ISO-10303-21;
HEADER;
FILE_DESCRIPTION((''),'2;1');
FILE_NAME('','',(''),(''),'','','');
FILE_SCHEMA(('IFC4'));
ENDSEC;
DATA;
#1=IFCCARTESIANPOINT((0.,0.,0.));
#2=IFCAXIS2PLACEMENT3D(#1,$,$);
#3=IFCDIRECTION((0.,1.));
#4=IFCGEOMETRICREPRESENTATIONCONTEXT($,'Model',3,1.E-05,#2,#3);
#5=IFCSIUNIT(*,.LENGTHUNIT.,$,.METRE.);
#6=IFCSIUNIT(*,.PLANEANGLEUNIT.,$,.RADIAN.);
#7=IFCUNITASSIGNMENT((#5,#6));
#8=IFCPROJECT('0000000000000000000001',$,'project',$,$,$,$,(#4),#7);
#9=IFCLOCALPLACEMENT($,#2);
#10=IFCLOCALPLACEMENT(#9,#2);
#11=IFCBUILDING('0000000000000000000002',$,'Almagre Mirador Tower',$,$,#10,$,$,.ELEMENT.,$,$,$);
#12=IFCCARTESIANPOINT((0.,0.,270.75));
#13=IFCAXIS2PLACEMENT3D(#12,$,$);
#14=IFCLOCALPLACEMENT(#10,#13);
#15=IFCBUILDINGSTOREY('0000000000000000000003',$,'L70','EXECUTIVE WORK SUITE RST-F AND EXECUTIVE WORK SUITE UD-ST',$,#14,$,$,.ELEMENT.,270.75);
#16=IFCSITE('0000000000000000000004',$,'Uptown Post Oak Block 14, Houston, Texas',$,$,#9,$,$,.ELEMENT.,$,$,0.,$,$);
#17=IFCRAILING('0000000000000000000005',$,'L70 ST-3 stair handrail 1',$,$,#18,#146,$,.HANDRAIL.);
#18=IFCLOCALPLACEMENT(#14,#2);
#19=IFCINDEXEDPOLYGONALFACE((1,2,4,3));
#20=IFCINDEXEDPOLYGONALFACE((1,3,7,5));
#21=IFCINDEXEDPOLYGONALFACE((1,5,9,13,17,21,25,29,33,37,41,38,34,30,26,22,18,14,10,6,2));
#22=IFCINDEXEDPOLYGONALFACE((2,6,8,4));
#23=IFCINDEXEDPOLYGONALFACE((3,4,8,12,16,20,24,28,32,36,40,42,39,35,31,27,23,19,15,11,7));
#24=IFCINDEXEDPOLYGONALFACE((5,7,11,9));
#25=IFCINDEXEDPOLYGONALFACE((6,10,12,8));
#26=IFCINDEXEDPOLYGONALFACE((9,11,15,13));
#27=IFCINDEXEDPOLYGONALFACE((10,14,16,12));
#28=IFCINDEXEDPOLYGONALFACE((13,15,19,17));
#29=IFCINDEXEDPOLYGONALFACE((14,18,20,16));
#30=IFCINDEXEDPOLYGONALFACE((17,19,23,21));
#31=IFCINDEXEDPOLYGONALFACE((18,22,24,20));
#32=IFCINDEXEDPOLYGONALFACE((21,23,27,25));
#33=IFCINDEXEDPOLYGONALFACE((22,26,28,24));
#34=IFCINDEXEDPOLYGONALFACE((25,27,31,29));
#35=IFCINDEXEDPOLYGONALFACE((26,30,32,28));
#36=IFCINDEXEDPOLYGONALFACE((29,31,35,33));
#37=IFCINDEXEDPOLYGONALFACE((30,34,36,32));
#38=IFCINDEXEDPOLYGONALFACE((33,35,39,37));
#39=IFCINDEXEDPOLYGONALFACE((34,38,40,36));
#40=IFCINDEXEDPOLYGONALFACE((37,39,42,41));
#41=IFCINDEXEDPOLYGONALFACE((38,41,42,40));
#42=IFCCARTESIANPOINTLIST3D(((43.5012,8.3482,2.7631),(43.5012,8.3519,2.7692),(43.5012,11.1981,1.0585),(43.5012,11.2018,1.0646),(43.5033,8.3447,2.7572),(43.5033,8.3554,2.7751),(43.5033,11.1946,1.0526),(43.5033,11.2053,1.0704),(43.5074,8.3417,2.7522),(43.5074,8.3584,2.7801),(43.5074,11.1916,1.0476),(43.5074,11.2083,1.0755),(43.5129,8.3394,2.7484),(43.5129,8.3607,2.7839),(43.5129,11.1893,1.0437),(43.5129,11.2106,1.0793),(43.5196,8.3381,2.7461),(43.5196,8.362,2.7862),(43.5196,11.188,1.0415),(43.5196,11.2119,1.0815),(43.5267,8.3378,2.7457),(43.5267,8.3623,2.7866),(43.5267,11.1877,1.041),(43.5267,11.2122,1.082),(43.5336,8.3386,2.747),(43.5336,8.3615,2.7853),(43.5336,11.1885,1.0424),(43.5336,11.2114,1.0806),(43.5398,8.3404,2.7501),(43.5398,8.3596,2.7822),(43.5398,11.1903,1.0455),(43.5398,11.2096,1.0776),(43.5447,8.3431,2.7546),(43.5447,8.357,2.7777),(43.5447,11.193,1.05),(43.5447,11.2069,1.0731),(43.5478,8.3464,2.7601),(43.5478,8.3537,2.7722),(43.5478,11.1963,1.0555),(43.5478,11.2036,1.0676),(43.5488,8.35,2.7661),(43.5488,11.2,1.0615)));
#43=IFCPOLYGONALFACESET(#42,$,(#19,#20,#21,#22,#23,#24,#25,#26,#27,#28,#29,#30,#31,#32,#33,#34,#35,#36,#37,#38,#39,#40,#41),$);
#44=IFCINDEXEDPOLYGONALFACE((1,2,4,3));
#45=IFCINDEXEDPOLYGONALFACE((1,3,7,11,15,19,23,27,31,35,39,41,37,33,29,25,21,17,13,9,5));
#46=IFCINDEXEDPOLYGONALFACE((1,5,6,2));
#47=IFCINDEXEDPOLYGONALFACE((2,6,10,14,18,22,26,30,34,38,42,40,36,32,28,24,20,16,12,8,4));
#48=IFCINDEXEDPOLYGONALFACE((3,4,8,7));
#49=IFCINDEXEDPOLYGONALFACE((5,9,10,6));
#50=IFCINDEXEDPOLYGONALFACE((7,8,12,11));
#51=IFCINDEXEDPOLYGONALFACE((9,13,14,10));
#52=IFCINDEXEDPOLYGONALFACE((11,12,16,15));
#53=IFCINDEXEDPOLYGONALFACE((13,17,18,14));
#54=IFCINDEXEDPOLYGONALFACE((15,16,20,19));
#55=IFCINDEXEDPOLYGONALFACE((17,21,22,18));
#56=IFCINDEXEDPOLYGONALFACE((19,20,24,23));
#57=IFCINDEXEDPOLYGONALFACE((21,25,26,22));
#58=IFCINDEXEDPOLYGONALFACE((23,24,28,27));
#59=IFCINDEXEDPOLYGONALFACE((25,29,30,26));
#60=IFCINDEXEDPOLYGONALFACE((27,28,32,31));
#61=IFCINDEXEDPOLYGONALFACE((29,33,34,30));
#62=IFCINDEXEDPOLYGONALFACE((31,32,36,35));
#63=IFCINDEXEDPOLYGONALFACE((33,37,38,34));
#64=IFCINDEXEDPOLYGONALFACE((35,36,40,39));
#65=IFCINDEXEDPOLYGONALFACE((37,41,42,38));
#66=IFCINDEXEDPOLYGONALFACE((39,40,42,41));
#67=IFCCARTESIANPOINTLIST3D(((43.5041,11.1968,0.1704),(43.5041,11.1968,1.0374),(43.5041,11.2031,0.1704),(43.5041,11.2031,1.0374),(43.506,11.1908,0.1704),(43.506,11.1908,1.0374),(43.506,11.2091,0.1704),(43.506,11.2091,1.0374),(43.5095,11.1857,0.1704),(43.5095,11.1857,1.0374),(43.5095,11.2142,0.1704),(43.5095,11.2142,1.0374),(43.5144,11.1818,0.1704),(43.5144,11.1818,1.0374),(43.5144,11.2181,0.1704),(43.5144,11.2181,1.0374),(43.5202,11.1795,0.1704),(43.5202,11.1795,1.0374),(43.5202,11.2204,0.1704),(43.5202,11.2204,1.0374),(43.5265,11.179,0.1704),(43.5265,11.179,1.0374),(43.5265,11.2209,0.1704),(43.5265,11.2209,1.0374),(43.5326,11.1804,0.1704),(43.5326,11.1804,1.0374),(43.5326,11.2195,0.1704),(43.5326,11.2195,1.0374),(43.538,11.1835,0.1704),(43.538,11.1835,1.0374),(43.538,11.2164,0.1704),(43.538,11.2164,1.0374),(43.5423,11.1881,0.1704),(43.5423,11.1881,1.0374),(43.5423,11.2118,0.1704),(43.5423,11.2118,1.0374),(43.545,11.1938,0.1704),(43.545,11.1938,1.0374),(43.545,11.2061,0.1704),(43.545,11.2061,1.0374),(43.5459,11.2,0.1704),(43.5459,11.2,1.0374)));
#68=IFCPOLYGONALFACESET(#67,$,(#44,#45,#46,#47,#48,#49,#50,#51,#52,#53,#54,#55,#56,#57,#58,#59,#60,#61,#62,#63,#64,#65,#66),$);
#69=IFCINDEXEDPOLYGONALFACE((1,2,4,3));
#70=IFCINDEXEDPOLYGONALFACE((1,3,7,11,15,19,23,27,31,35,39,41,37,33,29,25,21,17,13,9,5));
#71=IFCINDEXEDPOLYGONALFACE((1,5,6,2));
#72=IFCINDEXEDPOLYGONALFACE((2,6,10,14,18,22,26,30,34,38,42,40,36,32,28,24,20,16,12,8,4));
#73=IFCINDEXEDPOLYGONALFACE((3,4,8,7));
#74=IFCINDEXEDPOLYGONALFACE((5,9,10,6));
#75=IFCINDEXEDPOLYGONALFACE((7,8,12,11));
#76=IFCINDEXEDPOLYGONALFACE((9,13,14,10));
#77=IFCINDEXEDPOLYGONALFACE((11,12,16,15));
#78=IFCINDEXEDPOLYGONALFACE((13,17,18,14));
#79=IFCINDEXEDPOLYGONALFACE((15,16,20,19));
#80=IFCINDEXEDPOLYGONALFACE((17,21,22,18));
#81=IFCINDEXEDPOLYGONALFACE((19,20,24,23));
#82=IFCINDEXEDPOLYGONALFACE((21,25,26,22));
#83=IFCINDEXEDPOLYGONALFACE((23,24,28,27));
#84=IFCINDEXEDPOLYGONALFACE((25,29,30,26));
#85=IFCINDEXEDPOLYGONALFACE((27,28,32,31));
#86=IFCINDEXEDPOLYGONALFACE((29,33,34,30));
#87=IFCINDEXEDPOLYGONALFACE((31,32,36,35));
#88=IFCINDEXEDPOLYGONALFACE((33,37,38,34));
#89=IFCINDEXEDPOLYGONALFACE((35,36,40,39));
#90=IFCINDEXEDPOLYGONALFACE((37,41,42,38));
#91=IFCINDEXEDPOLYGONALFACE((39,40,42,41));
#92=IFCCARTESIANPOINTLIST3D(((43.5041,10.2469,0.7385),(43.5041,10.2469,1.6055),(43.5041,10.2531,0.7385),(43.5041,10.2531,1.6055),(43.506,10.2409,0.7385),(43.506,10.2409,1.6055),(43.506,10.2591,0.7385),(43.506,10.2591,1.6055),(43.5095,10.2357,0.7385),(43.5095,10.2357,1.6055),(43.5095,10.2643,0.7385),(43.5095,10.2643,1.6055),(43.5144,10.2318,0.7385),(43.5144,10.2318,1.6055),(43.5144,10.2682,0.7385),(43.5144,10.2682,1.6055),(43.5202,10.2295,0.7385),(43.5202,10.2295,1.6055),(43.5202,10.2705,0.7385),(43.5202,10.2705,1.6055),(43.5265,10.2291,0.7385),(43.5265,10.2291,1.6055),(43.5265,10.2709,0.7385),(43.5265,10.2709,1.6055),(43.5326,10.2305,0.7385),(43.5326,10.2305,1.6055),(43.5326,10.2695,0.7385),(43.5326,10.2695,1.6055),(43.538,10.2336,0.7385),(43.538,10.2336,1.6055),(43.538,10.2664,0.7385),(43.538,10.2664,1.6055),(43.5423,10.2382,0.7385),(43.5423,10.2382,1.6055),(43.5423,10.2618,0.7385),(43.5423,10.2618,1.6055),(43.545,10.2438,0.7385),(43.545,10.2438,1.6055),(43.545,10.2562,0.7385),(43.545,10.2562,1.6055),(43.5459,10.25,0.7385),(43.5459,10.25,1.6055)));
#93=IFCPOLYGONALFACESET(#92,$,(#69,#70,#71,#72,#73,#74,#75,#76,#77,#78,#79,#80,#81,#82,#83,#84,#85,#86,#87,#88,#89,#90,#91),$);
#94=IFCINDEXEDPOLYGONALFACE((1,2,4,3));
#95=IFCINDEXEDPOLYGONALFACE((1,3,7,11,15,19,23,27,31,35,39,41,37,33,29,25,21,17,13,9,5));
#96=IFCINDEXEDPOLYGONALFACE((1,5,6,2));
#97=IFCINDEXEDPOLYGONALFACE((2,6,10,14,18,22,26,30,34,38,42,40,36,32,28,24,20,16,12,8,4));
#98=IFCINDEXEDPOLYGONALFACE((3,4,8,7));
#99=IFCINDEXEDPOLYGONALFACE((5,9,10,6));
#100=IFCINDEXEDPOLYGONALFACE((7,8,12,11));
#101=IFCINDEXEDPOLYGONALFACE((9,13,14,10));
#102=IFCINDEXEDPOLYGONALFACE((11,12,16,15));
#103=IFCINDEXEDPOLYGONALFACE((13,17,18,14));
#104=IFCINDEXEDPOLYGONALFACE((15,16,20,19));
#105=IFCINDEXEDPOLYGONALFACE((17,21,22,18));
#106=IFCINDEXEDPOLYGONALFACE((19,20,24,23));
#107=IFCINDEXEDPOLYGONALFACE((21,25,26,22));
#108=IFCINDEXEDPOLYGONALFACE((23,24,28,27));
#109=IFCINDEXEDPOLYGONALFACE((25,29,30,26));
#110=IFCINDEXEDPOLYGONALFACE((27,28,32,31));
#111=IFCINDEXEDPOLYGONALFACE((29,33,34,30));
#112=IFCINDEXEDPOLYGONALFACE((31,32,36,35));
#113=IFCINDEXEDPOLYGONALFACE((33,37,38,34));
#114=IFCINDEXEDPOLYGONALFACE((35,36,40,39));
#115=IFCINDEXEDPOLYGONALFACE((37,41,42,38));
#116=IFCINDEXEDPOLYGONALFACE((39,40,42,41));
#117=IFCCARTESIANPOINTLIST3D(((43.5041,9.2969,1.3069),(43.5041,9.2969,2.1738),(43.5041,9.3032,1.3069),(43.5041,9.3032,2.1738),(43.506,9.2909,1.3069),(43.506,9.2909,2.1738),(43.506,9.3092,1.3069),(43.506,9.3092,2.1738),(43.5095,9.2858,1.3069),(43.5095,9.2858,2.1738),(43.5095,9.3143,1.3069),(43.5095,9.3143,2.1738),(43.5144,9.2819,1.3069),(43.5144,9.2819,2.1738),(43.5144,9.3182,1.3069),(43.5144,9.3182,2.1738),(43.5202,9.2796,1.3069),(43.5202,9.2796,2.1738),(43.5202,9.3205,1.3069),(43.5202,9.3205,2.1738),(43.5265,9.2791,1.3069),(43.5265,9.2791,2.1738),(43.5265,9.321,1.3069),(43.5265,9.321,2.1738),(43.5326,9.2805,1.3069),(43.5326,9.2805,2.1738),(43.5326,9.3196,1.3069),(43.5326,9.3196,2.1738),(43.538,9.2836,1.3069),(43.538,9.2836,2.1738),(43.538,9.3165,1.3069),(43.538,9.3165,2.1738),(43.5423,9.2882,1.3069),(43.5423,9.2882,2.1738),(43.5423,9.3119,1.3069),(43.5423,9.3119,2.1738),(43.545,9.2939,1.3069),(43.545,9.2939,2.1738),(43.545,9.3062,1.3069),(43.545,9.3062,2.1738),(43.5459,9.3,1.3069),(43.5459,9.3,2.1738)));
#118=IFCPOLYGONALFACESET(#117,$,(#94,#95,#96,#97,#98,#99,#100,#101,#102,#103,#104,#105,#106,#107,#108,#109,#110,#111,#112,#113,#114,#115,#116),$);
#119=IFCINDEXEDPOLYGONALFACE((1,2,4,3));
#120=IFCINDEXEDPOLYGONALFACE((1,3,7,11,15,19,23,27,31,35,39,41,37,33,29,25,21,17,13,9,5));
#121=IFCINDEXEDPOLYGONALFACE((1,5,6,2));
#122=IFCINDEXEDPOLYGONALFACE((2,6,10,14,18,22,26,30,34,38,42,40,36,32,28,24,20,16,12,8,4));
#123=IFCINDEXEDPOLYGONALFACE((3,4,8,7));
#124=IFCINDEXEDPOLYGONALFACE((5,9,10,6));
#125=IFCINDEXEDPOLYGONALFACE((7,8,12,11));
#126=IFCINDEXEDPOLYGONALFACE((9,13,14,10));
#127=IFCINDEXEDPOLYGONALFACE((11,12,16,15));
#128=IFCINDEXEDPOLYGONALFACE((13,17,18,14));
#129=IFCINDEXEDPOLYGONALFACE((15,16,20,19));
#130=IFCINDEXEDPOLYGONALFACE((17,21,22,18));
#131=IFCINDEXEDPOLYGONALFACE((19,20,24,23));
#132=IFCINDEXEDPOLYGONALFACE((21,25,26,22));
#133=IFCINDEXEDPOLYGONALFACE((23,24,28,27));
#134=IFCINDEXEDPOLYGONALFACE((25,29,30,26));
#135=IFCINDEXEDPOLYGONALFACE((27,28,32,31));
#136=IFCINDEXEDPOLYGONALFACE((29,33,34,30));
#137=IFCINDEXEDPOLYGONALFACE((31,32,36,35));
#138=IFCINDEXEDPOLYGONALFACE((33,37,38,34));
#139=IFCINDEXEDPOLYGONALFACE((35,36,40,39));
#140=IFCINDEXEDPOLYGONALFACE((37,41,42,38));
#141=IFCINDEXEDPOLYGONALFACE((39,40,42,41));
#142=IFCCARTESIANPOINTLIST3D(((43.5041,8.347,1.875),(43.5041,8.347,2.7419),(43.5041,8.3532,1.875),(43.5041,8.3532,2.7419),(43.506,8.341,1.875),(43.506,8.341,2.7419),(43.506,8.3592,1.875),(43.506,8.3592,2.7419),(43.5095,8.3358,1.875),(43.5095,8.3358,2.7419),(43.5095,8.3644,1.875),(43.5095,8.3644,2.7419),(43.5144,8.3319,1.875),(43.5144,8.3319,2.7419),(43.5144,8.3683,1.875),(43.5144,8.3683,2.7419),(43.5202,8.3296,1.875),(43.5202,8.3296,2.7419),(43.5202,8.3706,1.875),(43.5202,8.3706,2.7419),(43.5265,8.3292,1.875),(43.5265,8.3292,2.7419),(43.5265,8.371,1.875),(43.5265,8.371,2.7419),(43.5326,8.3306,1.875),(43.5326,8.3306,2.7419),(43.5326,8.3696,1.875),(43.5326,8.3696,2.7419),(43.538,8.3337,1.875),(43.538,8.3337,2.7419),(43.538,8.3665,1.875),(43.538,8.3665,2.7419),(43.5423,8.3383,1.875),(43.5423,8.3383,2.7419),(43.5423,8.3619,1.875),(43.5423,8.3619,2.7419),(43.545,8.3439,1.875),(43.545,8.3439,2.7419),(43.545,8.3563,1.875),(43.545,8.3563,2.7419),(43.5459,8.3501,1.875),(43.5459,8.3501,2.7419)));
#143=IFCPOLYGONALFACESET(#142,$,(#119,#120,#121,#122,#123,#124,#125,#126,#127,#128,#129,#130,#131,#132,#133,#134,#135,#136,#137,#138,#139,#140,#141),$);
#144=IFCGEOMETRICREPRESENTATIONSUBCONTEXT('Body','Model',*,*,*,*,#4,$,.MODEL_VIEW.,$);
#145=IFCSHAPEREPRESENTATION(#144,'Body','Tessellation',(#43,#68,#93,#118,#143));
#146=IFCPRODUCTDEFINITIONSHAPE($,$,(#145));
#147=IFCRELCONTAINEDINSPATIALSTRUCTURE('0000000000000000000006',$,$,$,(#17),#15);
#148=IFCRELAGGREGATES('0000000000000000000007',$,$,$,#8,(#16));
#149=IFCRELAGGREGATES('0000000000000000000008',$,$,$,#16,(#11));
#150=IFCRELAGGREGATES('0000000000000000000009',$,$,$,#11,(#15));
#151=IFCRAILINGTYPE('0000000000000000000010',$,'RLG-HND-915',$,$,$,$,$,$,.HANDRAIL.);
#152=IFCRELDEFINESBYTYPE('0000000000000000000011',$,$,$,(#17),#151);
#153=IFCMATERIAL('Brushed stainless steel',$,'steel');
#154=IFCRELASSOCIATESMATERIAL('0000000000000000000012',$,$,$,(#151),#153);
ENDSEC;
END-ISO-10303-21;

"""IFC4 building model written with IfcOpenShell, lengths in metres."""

from ifc_helpers import new_model, si_unit, direction, frame, origin, origin_2d, place, context, subcontext, project, spatial, circle, extrude, material, type_object, element, save


model = new_model("IFC4")

# Units and contexts
model_context = context("Model", 3, precision=1e-05, world=origin(), true_north=direction((0.0, 1.0)))
body_context = subcontext(model_context, "Body", "Model", "MODEL_VIEW")
ifc_project = project(units=[si_unit("LENGTHUNIT", "METRE"), si_unit("PLANEANGLEUNIT", "RADIAN")], contexts=[model_context])

# Site, building, storey
site_placement = place(None, origin())
site = spatial("IfcSite", under=ifc_project, at=site_placement, Name="Uptown Post Oak Block 14, Houston, Texas", CompositionType="ELEMENT", RefElevation=0.0)
building_placement = place(site_placement, origin())
building = spatial("IfcBuilding", under=site, at=building_placement, Name="Almagre Mirador Tower", CompositionType="ELEMENT")
storey_placement = place(building_placement, frame((0.0, 0.0, 270.75)))
storey = spatial("IfcBuildingStorey", under=building, at=storey_placement, Name="L70", Description="EXECUTIVE WORK SUITE RST-F AND EXECUTIVE WORK SUITE UD-ST", CompositionType="ELEMENT", Elevation=270.75)

# Railing
ifc_material_1 = material(Name="Brushed stainless steel", Category="steel")
railing_type_1 = type_object("IfcRailingType", Name="RLG-HND-915", PredefinedType="HANDRAIL", material=ifc_material_1)
railing_1_placement = place(storey_placement, frame((43.5249, 11.2, 0.1704)))
element("IfcRailing", 1, at=railing_1_placement, inside=storey, type_object=railing_type_1, Name="L70 ST-3 stair handrail 1", PredefinedType="HANDRAIL", context=body_context, shape_type="SweptSolid", body=[
    extrude(circle(Radius=0.0239, at=origin_2d()), frame((0.0, 0.0, 0.8911), z_axis=(0.0, -0.858199, 0.513317), x_axis=(1.0, 0.0, 0.0)), (0.0, 0.0, 1.0), 3.3208),
    extrude(circle(Radius=0.021, at=origin_2d()), origin(), (0.0, 0.0, 1.0), 0.8669),
    extrude(circle(Radius=0.021, at=origin_2d()), frame((0.0, -0.95, 0.5681)), (0.0, 0.0, 1.0), 0.8669),
    extrude(circle(Radius=0.021, at=origin_2d()), frame((0.0, -1.8999, 1.1365)), (0.0, 0.0, 1.0), 0.8669),
    extrude(circle(Radius=0.021, at=origin_2d()), frame((0.0, -2.8499, 1.7046)), (0.0, 0.0, 1.0), 0.8669),
])

save(model, "model.ifc")
